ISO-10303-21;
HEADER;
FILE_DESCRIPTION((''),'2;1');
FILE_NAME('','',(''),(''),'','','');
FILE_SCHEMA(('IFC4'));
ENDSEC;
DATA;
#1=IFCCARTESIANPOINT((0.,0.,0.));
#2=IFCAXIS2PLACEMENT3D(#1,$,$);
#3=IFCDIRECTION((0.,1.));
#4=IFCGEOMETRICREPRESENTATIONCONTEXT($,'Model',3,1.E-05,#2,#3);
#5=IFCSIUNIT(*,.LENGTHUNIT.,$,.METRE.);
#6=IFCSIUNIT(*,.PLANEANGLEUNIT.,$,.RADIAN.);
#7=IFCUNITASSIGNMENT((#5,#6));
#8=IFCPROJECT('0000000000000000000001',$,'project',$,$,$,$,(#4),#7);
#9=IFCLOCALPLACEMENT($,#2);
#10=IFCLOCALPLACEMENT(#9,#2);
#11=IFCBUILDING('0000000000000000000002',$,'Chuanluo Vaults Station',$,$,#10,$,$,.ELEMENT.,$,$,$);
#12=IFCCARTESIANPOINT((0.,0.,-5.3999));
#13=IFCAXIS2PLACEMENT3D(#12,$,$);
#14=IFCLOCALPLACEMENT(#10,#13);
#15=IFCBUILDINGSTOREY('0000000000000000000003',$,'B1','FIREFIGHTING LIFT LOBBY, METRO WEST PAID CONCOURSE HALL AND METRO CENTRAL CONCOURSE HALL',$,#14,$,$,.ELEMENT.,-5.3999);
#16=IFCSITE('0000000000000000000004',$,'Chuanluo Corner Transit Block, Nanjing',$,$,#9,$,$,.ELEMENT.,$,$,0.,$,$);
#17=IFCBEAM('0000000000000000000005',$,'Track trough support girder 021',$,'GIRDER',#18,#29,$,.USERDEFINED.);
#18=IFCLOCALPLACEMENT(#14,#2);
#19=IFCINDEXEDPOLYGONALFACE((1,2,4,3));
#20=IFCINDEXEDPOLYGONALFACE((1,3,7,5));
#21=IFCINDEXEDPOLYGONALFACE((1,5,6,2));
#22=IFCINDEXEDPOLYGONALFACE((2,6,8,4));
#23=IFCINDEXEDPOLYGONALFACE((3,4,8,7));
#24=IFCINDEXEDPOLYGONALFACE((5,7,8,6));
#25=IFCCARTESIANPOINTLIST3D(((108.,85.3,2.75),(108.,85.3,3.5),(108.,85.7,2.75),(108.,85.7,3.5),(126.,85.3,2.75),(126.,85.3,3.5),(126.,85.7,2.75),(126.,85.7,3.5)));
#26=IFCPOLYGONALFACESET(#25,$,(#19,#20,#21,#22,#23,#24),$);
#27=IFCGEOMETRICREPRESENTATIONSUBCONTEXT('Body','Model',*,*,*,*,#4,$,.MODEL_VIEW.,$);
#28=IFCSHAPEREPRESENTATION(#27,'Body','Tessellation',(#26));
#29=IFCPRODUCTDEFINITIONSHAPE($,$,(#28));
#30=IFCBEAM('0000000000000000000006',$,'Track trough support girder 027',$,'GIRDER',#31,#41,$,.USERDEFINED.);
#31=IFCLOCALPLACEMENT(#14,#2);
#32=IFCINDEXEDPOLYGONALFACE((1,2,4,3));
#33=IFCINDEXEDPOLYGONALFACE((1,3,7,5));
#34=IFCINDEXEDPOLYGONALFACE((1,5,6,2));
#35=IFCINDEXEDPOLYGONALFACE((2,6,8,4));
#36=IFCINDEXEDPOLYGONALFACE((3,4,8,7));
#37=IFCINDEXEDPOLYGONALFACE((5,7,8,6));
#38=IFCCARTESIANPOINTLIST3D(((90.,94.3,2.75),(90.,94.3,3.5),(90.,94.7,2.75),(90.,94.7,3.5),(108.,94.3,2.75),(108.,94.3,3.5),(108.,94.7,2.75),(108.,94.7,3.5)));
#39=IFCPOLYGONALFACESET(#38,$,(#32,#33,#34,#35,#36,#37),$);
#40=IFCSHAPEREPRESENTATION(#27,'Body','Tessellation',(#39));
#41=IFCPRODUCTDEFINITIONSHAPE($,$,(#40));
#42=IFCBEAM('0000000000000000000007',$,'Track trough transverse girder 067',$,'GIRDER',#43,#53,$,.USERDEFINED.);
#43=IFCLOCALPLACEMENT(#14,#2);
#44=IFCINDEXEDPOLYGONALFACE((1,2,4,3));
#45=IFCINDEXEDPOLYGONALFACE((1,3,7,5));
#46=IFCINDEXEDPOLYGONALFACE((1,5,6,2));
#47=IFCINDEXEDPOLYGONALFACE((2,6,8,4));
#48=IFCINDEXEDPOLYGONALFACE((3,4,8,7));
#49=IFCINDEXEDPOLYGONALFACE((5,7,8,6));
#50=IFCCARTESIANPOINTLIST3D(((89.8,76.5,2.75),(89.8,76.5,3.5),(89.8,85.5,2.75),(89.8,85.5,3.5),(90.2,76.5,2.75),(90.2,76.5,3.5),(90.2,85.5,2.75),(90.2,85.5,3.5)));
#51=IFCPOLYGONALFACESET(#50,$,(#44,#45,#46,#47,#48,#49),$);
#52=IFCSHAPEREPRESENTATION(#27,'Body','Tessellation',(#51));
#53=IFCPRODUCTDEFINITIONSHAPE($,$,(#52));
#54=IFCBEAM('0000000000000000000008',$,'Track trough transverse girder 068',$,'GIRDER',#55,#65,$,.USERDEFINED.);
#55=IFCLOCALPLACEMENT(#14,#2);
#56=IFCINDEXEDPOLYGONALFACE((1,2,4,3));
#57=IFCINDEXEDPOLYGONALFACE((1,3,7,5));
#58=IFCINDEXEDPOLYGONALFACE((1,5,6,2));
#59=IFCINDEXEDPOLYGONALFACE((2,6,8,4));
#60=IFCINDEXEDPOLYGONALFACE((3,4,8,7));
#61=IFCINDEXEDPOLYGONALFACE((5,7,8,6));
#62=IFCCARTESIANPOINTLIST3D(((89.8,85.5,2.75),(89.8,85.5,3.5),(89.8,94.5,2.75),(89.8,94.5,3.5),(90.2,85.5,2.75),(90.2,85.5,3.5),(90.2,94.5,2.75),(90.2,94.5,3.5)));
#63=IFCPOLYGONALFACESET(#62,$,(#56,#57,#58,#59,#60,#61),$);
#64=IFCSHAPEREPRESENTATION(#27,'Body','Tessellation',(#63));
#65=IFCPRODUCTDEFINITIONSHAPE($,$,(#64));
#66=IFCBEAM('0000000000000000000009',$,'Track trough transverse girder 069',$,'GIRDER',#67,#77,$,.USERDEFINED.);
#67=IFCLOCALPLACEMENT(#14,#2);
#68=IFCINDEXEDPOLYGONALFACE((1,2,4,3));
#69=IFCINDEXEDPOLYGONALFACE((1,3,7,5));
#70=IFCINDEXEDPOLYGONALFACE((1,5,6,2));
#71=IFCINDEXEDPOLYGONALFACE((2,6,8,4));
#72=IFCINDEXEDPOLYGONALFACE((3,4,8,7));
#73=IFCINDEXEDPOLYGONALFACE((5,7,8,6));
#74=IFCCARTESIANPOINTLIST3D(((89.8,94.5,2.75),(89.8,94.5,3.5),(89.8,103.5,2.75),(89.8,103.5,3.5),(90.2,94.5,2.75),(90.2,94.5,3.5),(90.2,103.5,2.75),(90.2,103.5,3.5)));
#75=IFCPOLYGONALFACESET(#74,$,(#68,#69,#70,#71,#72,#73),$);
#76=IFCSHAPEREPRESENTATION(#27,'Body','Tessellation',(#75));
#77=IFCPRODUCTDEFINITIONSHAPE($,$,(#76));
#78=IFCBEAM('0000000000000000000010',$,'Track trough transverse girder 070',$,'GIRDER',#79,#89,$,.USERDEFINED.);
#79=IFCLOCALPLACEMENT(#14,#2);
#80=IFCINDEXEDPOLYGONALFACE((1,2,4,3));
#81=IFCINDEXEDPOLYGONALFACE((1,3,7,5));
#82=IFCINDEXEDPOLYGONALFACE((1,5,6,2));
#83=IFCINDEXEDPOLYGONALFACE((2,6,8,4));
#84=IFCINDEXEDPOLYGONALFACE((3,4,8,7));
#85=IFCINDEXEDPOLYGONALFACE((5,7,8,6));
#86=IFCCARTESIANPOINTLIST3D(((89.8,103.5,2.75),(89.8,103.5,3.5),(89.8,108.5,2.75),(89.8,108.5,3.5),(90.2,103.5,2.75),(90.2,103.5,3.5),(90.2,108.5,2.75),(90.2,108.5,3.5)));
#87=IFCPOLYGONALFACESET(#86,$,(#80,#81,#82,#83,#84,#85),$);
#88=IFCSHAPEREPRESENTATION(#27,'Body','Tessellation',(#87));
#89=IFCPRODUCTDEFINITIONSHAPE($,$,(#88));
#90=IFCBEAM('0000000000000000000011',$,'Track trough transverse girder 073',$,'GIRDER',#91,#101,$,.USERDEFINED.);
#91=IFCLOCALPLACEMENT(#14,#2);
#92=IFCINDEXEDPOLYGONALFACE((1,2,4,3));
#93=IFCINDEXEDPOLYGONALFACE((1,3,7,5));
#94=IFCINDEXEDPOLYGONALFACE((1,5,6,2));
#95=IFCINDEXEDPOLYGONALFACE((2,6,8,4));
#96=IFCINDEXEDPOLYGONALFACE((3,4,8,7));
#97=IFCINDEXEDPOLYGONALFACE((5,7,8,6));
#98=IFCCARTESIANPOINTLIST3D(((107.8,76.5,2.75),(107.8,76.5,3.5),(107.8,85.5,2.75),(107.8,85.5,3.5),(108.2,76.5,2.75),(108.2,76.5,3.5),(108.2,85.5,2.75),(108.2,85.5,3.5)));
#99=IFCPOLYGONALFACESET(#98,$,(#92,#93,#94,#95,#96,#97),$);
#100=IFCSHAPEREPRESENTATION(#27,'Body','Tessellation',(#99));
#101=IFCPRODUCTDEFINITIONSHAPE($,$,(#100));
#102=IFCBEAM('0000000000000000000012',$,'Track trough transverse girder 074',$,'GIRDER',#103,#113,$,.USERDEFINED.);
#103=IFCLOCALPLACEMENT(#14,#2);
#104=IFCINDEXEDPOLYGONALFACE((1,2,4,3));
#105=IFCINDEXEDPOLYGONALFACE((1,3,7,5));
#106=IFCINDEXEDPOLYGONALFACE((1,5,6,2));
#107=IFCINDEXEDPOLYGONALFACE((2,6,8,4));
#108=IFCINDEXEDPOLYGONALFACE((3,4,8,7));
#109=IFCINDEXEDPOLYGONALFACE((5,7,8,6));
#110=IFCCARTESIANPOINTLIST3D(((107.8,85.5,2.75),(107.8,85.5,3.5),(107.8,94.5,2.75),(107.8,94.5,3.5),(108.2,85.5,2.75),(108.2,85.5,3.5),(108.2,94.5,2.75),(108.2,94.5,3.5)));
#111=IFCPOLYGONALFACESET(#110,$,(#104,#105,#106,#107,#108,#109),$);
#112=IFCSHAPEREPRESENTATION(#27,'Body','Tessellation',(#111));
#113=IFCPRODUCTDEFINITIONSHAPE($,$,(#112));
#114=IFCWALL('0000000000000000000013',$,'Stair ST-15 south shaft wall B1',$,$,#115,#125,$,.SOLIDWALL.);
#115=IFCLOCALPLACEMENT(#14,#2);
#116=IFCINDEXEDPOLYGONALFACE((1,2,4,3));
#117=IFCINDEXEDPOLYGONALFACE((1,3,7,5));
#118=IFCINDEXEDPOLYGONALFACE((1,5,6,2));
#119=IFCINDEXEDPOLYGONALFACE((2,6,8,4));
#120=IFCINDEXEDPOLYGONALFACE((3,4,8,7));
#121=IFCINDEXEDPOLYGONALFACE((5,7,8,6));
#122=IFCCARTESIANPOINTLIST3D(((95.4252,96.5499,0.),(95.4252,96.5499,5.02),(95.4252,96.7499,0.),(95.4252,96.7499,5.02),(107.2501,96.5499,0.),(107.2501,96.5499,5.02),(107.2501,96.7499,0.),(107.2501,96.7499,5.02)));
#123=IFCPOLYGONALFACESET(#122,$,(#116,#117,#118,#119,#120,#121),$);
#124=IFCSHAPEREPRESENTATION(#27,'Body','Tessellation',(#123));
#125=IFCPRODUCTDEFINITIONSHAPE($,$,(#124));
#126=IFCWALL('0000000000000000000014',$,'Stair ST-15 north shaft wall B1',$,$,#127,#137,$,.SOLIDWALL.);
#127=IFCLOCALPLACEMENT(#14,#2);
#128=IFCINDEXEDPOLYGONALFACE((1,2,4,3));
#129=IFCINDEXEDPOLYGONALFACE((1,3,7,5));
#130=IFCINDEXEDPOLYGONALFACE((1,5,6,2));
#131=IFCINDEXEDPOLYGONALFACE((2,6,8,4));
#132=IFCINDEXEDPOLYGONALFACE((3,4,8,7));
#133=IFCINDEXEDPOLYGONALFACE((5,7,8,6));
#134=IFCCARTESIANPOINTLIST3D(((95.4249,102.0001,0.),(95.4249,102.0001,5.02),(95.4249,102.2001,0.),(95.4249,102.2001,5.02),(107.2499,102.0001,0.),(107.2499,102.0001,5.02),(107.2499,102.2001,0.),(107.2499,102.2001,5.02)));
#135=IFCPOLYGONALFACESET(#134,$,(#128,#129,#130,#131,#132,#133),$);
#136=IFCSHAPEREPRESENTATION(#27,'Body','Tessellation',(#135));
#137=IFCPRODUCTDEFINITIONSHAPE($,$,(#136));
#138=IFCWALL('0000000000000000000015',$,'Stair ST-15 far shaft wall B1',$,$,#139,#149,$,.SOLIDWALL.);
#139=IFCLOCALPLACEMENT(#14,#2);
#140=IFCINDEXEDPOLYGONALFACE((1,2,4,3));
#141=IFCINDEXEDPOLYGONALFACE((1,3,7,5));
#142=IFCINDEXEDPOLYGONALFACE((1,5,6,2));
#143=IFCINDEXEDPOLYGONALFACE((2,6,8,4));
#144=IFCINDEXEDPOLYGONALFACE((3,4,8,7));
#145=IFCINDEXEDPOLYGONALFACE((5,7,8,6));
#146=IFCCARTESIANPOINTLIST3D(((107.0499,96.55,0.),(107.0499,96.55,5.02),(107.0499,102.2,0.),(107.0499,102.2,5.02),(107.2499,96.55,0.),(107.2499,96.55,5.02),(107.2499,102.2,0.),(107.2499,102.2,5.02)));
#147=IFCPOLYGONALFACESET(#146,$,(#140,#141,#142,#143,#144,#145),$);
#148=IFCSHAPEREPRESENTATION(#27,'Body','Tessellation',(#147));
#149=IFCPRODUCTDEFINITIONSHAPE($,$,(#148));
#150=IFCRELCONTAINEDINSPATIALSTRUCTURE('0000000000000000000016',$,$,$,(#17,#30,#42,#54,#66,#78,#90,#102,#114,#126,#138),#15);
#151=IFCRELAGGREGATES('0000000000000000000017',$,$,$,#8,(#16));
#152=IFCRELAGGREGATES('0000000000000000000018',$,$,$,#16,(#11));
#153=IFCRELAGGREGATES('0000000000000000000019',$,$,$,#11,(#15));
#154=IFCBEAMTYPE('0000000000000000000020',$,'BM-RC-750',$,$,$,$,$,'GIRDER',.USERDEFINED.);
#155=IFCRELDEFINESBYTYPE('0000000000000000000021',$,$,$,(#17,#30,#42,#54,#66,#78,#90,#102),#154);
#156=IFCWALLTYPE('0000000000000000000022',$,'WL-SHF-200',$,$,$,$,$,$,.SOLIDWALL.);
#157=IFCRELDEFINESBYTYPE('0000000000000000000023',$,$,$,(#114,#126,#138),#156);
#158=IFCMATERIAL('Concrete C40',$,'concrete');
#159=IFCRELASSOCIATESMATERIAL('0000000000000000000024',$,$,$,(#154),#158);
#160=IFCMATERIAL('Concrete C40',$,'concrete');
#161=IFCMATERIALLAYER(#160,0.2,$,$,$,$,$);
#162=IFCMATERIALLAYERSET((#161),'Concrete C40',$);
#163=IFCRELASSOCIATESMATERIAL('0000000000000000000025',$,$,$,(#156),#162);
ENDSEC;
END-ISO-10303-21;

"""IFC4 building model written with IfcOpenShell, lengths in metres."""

from ifc_helpers import new_model, si_unit, direction, frame, frame_2d, origin, origin_2d, place, context, subcontext, project, spatial, rectangle, extrude, material, layer, layer_set, material_profile, profile_set, type_object, element, save


model = new_model("IFC4")

# Units and contexts
model_context = context("Model", 3, precision=1e-05, world=origin(), true_north=direction((0.0, 1.0)))
body_context = subcontext(model_context, "Body", "Model", "MODEL_VIEW")
ifc_project = project(units=[si_unit("LENGTHUNIT", "METRE"), si_unit("PLANEANGLEUNIT", "RADIAN")], contexts=[model_context])

# Site, building, storey
site_placement = place(None, origin())
site = spatial("IfcSite", under=ifc_project, at=site_placement, Name="Chuanluo Corner Transit Block, Nanjing", CompositionType="ELEMENT", RefElevation=0.0)
building_placement = place(site_placement, origin())
building = spatial("IfcBuilding", under=site, at=building_placement, Name="Chuanluo Vaults Station", CompositionType="ELEMENT")
storey_placement = place(building_placement, frame((0.0, 0.0, -5.3999)))
storey = spatial("IfcBuildingStorey", under=building, at=storey_placement, Name="B1", Description="FIREFIGHTING LIFT LOBBY, METRO WEST PAID CONCOURSE HALL AND METRO CENTRAL CONCOURSE HALL", CompositionType="ELEMENT", Elevation=-5.3999)

# Beams
ifc_material_1 = material(Name="Concrete C40", Category="concrete")
ifc_material_profile_1 = material_profile(ifc_material_1, rectangle(XDim=0.3999, YDim=0.75, at=origin_2d()))
ifc_profile_set_1 = profile_set([ifc_material_profile_1], Name="Concrete C40")
beam_type = type_object("IfcBeamType", Name="BM-RC-750", ElementType="GIRDER", PredefinedType="USERDEFINED", material=ifc_profile_set_1)
for number, where, z_axis, x_axis, name in (
    (1, (108.0, 85.5, 3.125), (1.0, 0.0, 0.0), (0.0, 1.0, 0.0), "Track trough support girder 021"),
    (2, (90.0, 94.5, 3.125), (1.0, 0.0, 0.0), (0.0, 1.0, 0.0), "Track trough support girder 027"),
):
    element("IfcBeam", number, at=place(storey_placement, frame(where, z_axis=z_axis, x_axis=x_axis)), inside=storey, type_object=beam_type, Name=name, ObjectType="GIRDER", PredefinedType="USERDEFINED", context=body_context, shape_type="SweptSolid", body=[
        extrude(rectangle(XDim=0.3999, YDim=0.75, at=origin_2d()), origin(), (0.0, 0.0, 1.0), 18.0),
    ])
for number, where, z_axis, x_axis, name in (
    (3, (90.0, 76.5, 3.125), (0.0, 1.0, 0.0), (-1.0, 0.0, 0.0), "Track trough transverse girder 067"),
    (4, (90.0, 85.5, 3.125), (0.0, 1.0, 0.0), (-1.0, 0.0, 0.0), "Track trough transverse girder 068"),
    (5, (90.0, 94.5, 3.125), (0.0, 1.0, 0.0), (-1.0, 0.0, 0.0), "Track trough transverse girder 069"),
):
    element("IfcBeam", number, at=place(storey_placement, frame(where, z_axis=z_axis, x_axis=x_axis)), inside=storey, type_object=beam_type, Name=name, ObjectType="GIRDER", PredefinedType="USERDEFINED", context=body_context, shape_type="SweptSolid", body=[
        extrude(rectangle(XDim=0.3999, YDim=0.75, at=origin_2d()), origin(), (0.0, 0.0, 1.0), 9.0),
    ])
beam_placement = place(storey_placement, frame((90.0, 103.5, 3.125), z_axis=(0.0, 1.0, 0.0), x_axis=(-1.0, 0.0, 0.0)))
element("IfcBeam", 6, at=beam_placement, inside=storey, type_object=beam_type, Name="Track trough transverse girder 070", ObjectType="GIRDER", PredefinedType="USERDEFINED", context=body_context, shape_type="SweptSolid", body=[
    extrude(rectangle(XDim=0.3999, YDim=0.75, at=origin_2d()), origin(), (0.0, 0.0, 1.0), 5.0),
])
for number, where, z_axis, x_axis, name in (
    (7, (108.0, 76.5, 3.125), (0.0, 1.0, 0.0), (-1.0, 0.0, 0.0), "Track trough transverse girder 073"),
    (8, (108.0, 85.5, 3.125), (0.0, 1.0, 0.0), (-1.0, 0.0, 0.0), "Track trough transverse girder 074"),
):
    element("IfcBeam", number, at=place(storey_placement, frame(where, z_axis=z_axis, x_axis=x_axis)), inside=storey, type_object=beam_type, Name=name, ObjectType="GIRDER", PredefinedType="USERDEFINED", context=body_context, shape_type="SweptSolid", body=[
        extrude(rectangle(XDim=0.3999, YDim=0.75, at=origin_2d()), origin(), (0.0, 0.0, 1.0), 9.0),
    ])

# Walls
ifc_material_2 = material(Name="Concrete C40", Category="concrete")
ifc_layer = layer(ifc_material_2, 0.2)
ifc_layer_set = layer_set([ifc_layer], Name="Concrete C40")
wall_type = type_object("IfcWallType", Name="WL-SHF-200", PredefinedType="SOLIDWALL", material=ifc_layer_set)
for number, where, z_axis, x_axis, name in (
    (9, (95.425, 96.6499, 0.0), (0.0, 0.0, 1.0), (1.0, 0.0, 0.0), "Stair ST-15 south shaft wall B1"),
    (10, (107.25, 102.1001, 0.0), (0.0, 0.0, 1.0), (-1.0, 0.0, 0.0), "Stair ST-15 north shaft wall B1"),
):
    element("IfcWall", number, at=place(storey_placement, frame(where, z_axis=z_axis, x_axis=x_axis)), inside=storey, type_object=wall_type, Name=name, PredefinedType="SOLIDWALL", context=body_context, shape_type="SweptSolid", body=[
        extrude(rectangle(XDim=11.825, YDim=0.2, at=frame_2d((5.9126, 0.0))), origin(), (0.0, 0.0, 1.0), 5.02),
    ])
wall_placement = place(storey_placement, frame((107.1499, 96.55, 0.0), z_axis=(0.0, 0.0, 1.0), x_axis=(0.0, 1.0, 0.0)))
element("IfcWall", 11, at=wall_placement, inside=storey, type_object=wall_type, Name="Stair ST-15 far shaft wall B1", PredefinedType="SOLIDWALL", context=body_context, shape_type="SweptSolid", body=[
    extrude(rectangle(XDim=5.6499, YDim=0.2, at=frame_2d((2.825, 0.0))), origin(), (0.0, 0.0, 1.0), 5.02),
])

save(model, "model.ifc")
